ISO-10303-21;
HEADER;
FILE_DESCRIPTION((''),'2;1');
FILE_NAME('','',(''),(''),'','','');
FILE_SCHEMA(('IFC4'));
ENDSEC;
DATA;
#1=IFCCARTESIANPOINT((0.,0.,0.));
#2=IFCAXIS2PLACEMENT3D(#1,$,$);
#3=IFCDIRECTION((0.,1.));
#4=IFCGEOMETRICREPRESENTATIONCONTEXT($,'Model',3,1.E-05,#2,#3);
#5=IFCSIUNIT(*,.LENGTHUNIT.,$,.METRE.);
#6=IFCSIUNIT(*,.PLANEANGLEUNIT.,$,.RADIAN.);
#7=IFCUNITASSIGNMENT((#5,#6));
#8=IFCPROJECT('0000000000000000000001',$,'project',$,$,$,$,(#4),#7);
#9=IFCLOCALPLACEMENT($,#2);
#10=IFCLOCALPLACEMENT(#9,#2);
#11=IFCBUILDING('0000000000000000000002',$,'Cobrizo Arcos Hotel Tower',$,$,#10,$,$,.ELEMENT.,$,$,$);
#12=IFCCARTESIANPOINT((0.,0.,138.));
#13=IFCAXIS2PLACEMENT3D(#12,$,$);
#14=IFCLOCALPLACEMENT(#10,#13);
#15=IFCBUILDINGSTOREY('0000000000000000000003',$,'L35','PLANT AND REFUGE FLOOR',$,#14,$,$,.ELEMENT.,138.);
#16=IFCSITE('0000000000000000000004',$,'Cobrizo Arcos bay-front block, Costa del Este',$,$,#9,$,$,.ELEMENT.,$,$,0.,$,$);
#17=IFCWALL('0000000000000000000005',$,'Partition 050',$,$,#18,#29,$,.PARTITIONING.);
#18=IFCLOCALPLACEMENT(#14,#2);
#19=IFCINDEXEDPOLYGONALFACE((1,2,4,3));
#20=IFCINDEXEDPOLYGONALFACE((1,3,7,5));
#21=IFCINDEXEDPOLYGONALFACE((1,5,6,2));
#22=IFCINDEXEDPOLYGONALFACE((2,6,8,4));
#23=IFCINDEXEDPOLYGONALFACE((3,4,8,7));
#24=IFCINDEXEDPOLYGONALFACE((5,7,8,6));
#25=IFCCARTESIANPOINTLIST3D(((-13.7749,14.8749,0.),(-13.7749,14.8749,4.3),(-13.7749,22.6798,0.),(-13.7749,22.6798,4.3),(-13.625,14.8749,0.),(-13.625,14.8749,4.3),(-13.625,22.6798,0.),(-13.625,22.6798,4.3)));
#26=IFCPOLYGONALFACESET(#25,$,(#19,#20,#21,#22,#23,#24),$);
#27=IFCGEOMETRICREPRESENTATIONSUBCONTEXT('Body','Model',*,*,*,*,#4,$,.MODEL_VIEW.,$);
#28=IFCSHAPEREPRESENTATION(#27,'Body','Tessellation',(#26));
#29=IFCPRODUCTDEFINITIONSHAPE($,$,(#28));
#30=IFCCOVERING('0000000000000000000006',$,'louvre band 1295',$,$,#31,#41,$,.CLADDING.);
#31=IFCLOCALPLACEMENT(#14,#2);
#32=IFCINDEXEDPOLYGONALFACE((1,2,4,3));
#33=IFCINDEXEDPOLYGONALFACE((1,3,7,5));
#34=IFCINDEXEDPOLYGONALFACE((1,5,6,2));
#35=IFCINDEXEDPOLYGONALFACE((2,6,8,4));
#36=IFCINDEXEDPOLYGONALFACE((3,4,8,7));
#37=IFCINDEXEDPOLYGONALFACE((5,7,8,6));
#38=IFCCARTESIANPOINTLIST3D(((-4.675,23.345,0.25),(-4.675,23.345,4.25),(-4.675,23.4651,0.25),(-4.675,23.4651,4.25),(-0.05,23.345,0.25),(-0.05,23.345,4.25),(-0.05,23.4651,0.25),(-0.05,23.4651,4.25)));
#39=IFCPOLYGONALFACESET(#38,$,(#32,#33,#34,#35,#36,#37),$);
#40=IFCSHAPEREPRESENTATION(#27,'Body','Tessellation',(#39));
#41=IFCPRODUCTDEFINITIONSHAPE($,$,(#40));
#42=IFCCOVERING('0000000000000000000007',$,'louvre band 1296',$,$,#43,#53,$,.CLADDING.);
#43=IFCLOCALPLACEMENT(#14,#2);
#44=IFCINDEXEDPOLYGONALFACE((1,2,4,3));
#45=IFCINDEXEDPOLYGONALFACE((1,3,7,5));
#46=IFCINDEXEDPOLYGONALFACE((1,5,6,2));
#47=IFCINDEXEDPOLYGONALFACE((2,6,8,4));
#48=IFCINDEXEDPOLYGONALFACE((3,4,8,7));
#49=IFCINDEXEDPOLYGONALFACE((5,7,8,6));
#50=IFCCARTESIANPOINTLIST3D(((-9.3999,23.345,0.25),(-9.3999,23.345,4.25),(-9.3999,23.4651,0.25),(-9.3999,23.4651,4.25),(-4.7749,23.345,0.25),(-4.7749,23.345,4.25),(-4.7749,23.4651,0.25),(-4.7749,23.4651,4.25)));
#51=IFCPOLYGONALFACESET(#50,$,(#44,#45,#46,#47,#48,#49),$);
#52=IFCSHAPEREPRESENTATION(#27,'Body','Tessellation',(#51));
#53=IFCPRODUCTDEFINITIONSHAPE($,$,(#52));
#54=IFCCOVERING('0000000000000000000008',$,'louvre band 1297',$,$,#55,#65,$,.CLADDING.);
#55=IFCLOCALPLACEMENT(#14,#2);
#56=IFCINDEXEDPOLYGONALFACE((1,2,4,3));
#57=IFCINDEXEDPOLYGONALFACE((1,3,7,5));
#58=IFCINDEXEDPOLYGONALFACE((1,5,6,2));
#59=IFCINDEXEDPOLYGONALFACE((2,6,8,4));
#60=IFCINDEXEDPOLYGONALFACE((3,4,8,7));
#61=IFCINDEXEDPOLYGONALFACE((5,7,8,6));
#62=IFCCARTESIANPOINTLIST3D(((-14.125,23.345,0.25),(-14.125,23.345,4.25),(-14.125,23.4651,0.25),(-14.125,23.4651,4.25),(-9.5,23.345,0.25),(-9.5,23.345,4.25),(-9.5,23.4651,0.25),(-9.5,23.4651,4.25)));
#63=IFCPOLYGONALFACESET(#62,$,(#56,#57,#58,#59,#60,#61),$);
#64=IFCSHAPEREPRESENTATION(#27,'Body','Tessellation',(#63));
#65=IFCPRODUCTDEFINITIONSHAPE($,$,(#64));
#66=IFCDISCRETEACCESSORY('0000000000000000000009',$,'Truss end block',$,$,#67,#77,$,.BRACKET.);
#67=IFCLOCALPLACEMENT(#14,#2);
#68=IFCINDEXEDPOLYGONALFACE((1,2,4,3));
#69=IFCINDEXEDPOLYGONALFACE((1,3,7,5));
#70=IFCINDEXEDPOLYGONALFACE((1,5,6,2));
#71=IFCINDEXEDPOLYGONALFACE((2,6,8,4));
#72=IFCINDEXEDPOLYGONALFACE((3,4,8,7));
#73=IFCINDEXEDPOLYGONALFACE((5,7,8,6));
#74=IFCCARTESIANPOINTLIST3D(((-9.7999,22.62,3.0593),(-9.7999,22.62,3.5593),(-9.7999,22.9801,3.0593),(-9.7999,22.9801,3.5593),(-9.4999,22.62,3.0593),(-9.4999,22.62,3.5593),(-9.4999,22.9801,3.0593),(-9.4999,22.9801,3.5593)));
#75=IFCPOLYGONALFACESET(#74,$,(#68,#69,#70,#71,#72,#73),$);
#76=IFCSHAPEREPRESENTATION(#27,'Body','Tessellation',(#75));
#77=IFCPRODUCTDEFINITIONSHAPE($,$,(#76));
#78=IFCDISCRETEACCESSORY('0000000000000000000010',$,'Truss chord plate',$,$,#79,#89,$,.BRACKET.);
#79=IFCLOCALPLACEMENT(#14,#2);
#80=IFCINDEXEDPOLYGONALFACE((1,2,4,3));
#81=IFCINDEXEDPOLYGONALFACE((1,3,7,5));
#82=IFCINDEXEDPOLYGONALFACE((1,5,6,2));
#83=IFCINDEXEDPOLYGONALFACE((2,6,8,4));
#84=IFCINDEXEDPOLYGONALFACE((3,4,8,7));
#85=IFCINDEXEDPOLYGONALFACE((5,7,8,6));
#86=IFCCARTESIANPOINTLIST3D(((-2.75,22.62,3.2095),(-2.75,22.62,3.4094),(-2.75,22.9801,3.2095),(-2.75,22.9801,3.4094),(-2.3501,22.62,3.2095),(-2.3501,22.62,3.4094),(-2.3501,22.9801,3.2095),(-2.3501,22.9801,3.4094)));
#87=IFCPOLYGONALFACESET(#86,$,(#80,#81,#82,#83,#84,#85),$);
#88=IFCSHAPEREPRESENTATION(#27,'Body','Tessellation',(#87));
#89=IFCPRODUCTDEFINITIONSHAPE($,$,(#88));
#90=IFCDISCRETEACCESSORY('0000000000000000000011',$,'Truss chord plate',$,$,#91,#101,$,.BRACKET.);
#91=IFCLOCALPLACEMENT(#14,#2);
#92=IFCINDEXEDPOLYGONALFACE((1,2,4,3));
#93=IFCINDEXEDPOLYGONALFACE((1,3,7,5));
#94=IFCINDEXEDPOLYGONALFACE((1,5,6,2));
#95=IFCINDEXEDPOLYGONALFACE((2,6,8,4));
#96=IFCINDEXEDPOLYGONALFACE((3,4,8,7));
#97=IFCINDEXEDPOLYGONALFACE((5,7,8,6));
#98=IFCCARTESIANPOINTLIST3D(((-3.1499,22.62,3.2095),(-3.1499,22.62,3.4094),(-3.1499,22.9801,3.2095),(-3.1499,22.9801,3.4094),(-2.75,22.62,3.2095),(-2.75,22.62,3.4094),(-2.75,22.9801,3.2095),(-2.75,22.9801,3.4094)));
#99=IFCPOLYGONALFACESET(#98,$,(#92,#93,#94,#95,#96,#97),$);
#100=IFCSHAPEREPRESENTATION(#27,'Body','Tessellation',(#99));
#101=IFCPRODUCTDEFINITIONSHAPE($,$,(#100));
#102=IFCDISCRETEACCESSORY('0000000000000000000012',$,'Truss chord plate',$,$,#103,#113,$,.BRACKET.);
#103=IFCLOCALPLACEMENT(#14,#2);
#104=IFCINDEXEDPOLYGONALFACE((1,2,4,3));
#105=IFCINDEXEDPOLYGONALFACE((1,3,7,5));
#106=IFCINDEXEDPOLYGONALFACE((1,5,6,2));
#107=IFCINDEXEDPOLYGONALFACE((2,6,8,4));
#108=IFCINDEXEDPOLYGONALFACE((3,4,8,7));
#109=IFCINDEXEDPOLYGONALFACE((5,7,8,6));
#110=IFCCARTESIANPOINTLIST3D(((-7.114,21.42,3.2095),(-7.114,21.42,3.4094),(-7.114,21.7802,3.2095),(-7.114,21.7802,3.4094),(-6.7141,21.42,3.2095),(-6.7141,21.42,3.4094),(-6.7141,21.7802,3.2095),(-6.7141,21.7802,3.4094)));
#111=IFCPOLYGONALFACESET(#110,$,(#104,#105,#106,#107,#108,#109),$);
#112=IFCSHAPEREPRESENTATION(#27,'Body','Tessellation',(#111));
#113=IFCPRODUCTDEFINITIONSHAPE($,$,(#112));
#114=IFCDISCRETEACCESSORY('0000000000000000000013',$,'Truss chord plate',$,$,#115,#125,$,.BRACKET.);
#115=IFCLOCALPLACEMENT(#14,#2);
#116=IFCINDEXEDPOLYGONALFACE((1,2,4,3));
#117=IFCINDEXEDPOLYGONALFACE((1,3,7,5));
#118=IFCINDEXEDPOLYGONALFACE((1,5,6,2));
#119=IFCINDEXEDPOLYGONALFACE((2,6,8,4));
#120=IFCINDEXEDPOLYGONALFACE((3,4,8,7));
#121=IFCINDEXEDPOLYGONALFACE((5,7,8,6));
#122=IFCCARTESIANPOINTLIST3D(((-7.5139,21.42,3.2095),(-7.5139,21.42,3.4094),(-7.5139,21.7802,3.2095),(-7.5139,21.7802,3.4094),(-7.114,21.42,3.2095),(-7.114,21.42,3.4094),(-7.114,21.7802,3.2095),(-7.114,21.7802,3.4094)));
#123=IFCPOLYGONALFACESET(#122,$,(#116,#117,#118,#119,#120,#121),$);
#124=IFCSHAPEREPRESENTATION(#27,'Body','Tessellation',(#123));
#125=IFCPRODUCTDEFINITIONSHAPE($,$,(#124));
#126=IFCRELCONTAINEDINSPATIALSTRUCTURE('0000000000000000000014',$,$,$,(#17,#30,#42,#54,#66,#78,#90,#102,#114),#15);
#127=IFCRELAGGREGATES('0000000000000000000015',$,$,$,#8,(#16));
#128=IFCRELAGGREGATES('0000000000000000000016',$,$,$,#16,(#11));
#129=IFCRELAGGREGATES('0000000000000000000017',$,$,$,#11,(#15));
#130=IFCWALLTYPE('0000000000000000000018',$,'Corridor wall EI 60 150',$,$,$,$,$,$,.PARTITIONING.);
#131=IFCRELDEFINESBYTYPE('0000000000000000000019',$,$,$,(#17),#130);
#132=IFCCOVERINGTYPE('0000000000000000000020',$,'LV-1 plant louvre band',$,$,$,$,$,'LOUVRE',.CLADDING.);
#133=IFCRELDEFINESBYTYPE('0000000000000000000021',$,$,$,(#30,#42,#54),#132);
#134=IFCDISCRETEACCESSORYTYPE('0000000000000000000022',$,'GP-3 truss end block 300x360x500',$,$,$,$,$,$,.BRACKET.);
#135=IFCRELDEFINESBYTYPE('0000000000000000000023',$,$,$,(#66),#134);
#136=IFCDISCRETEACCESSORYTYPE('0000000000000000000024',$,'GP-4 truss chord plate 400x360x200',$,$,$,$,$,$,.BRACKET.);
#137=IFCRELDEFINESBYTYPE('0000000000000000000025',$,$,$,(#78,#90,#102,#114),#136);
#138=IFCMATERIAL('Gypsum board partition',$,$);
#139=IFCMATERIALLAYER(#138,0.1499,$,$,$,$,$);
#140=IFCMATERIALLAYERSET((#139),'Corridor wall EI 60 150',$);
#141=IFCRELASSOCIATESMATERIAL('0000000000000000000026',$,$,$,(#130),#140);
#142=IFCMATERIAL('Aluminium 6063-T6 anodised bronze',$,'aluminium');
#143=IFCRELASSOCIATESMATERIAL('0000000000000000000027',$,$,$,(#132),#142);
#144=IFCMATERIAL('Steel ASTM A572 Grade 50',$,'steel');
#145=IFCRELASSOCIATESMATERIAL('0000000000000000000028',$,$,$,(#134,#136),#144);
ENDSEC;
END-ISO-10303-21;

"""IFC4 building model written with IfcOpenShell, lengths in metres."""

from ifc_helpers import new_model, si_unit, direction, frame, frame_2d, origin, origin_2d, place, context, subcontext, project, spatial, rectangle, extrude, material, layer, layer_set, type_object, element, save


model = new_model("IFC4")

# Units and contexts
model_context = context("Model", 3, precision=1e-05, world=origin(), true_north=direction((0.0, 1.0)))
body_context = subcontext(model_context, "Body", "Model", "MODEL_VIEW")
ifc_project = project(units=[si_unit("LENGTHUNIT", "METRE"), si_unit("PLANEANGLEUNIT", "RADIAN")], contexts=[model_context])

# Site, building, storey
site_placement = place(None, origin())
site = spatial("IfcSite", under=ifc_project, at=site_placement, Name="Cobrizo Arcos bay-front block, Costa del Este", CompositionType="ELEMENT", RefElevation=0.0)
building_placement = place(site_placement, origin())
building = spatial("IfcBuilding", under=site, at=building_placement, Name="Cobrizo Arcos Hotel Tower", CompositionType="ELEMENT")
storey_placement = place(building_placement, frame((0.0, 0.0, 138.0)))
storey = spatial("IfcBuildingStorey", under=building, at=storey_placement, Name="L35", Description="PLANT AND REFUGE FLOOR", CompositionType="ELEMENT", Elevation=138.0)

# Shared definitions
ifc_material_1 = material(Name="Aluminium 6063-T6 anodised bronze", Category="aluminium")

# Shared definitions
ifc_material_2 = material(Name="Gypsum board partition")
ifc_layer_1 = layer(ifc_material_2, 0.1499)
ifc_layer_set_1 = layer_set([ifc_layer_1], Name="Corridor wall EI 60 150")
wall_type = type_object("IfcWallType", Name="Corridor wall EI 60 150", PredefinedType="PARTITIONING", material=ifc_layer_set_1)

# Wall
wall_1_placement = place(storey_placement, frame((-13.7, 14.875, 0.0), z_axis=(0.0, 0.0, 1.0), x_axis=(0.0, 1.0, 0.0)))
element("IfcWall", 1, at=wall_1_placement, inside=storey, type_object=wall_type, Name="Partition 050", PredefinedType="PARTITIONING", context=body_context, shape_type="SweptSolid", body=[
    extrude(rectangle(XDim=7.8049, YDim=0.1499, at=frame_2d((3.9023, 0.0))), origin(), (0.0, 0.0, 1.0), 4.3),
])

# Coverings
covering_type = type_object("IfcCoveringType", Name="LV-1 plant louvre band", ElementType="LOUVRE", PredefinedType="CLADDING", material=ifc_material_1)
for number, where, z_axis, x_axis, name in (
    (2, (-2.3625, 23.405, 0.25), (0.0, 0.0, 1.0), (-1.0, 0.0, 0.0), "louvre band 1295"),
    (3, (-7.0874, 23.405, 0.25), (0.0, 0.0, 1.0), (-1.0, 0.0, 0.0), "louvre band 1296"),
    (4, (-11.8125, 23.405, 0.25), (0.0, 0.0, 1.0), (-1.0, 0.0, 0.0), "louvre band 1297"),
):
    element("IfcCovering", number, at=place(storey_placement, frame(where, z_axis=z_axis, x_axis=x_axis)), inside=storey, type_object=covering_type, Name=name, PredefinedType="CLADDING", context=body_context, shape_type="SweptSolid", body=[
        extrude(rectangle(XDim=4.625, YDim=0.1201, at=origin_2d()), origin(), (0.0, 0.0, 1.0), 4.0),
    ])

# Discrete accessories
ifc_material_3 = material(Name="Steel ASTM A572 Grade 50", Category="steel")
discrete_accessory_type_1 = type_object("IfcDiscreteAccessoryType", Name="GP-3 truss end block 300x360x500", PredefinedType="BRACKET", material=ifc_material_3)
discrete_accessory_placement = place(storey_placement, frame((-9.6499, 22.8, 3.0593), z_axis=(0.0, 0.0, 1.0), x_axis=(-1.0, 0.0, 0.0)))
element("IfcDiscreteAccessory", 5, at=discrete_accessory_placement, inside=storey, type_object=discrete_accessory_type_1, Name="Truss end block", PredefinedType="BRACKET", context=body_context, shape_type="SweptSolid", body=[
    extrude(rectangle(XDim=0.3, YDim=0.3601, at=origin_2d()), origin(), (0.0, 0.0, 1.0), 0.5),
])
discrete_accessory_type_2 = type_object("IfcDiscreteAccessoryType", Name="GP-4 truss chord plate 400x360x200", PredefinedType="BRACKET", material=ifc_material_3)
for number, where, z_axis, x_axis, name in (
    (6, (-2.55, 22.8, 3.2095), (0.0, 0.0, 1.0), (-1.0, 0.0, 0.0), "Truss chord plate"),
    (7, (-2.95, 22.8, 3.2095), (0.0, 0.0, 1.0), (-1.0, 0.0, 0.0), "Truss chord plate"),
    (8, (-6.9141, 21.6001, 3.2095), (0.0, 0.0, 1.0), (-1.0, 0.0, 0.0), "Truss chord plate"),
    (9, (-7.314, 21.6001, 3.2095), (0.0, 0.0, 1.0), (-1.0, 0.0, 0.0), "Truss chord plate"),
):
    element("IfcDiscreteAccessory", number, at=place(storey_placement, frame(where, z_axis=z_axis, x_axis=x_axis)), inside=storey, type_object=discrete_accessory_type_2, Name=name, PredefinedType="BRACKET", context=body_context, shape_type="SweptSolid", body=[
        extrude(rectangle(XDim=0.3999, YDim=0.3601, at=origin_2d()), origin(), (0.0, 0.0, 1.0), 0.2),
    ])

save(model, "model.ifc")
